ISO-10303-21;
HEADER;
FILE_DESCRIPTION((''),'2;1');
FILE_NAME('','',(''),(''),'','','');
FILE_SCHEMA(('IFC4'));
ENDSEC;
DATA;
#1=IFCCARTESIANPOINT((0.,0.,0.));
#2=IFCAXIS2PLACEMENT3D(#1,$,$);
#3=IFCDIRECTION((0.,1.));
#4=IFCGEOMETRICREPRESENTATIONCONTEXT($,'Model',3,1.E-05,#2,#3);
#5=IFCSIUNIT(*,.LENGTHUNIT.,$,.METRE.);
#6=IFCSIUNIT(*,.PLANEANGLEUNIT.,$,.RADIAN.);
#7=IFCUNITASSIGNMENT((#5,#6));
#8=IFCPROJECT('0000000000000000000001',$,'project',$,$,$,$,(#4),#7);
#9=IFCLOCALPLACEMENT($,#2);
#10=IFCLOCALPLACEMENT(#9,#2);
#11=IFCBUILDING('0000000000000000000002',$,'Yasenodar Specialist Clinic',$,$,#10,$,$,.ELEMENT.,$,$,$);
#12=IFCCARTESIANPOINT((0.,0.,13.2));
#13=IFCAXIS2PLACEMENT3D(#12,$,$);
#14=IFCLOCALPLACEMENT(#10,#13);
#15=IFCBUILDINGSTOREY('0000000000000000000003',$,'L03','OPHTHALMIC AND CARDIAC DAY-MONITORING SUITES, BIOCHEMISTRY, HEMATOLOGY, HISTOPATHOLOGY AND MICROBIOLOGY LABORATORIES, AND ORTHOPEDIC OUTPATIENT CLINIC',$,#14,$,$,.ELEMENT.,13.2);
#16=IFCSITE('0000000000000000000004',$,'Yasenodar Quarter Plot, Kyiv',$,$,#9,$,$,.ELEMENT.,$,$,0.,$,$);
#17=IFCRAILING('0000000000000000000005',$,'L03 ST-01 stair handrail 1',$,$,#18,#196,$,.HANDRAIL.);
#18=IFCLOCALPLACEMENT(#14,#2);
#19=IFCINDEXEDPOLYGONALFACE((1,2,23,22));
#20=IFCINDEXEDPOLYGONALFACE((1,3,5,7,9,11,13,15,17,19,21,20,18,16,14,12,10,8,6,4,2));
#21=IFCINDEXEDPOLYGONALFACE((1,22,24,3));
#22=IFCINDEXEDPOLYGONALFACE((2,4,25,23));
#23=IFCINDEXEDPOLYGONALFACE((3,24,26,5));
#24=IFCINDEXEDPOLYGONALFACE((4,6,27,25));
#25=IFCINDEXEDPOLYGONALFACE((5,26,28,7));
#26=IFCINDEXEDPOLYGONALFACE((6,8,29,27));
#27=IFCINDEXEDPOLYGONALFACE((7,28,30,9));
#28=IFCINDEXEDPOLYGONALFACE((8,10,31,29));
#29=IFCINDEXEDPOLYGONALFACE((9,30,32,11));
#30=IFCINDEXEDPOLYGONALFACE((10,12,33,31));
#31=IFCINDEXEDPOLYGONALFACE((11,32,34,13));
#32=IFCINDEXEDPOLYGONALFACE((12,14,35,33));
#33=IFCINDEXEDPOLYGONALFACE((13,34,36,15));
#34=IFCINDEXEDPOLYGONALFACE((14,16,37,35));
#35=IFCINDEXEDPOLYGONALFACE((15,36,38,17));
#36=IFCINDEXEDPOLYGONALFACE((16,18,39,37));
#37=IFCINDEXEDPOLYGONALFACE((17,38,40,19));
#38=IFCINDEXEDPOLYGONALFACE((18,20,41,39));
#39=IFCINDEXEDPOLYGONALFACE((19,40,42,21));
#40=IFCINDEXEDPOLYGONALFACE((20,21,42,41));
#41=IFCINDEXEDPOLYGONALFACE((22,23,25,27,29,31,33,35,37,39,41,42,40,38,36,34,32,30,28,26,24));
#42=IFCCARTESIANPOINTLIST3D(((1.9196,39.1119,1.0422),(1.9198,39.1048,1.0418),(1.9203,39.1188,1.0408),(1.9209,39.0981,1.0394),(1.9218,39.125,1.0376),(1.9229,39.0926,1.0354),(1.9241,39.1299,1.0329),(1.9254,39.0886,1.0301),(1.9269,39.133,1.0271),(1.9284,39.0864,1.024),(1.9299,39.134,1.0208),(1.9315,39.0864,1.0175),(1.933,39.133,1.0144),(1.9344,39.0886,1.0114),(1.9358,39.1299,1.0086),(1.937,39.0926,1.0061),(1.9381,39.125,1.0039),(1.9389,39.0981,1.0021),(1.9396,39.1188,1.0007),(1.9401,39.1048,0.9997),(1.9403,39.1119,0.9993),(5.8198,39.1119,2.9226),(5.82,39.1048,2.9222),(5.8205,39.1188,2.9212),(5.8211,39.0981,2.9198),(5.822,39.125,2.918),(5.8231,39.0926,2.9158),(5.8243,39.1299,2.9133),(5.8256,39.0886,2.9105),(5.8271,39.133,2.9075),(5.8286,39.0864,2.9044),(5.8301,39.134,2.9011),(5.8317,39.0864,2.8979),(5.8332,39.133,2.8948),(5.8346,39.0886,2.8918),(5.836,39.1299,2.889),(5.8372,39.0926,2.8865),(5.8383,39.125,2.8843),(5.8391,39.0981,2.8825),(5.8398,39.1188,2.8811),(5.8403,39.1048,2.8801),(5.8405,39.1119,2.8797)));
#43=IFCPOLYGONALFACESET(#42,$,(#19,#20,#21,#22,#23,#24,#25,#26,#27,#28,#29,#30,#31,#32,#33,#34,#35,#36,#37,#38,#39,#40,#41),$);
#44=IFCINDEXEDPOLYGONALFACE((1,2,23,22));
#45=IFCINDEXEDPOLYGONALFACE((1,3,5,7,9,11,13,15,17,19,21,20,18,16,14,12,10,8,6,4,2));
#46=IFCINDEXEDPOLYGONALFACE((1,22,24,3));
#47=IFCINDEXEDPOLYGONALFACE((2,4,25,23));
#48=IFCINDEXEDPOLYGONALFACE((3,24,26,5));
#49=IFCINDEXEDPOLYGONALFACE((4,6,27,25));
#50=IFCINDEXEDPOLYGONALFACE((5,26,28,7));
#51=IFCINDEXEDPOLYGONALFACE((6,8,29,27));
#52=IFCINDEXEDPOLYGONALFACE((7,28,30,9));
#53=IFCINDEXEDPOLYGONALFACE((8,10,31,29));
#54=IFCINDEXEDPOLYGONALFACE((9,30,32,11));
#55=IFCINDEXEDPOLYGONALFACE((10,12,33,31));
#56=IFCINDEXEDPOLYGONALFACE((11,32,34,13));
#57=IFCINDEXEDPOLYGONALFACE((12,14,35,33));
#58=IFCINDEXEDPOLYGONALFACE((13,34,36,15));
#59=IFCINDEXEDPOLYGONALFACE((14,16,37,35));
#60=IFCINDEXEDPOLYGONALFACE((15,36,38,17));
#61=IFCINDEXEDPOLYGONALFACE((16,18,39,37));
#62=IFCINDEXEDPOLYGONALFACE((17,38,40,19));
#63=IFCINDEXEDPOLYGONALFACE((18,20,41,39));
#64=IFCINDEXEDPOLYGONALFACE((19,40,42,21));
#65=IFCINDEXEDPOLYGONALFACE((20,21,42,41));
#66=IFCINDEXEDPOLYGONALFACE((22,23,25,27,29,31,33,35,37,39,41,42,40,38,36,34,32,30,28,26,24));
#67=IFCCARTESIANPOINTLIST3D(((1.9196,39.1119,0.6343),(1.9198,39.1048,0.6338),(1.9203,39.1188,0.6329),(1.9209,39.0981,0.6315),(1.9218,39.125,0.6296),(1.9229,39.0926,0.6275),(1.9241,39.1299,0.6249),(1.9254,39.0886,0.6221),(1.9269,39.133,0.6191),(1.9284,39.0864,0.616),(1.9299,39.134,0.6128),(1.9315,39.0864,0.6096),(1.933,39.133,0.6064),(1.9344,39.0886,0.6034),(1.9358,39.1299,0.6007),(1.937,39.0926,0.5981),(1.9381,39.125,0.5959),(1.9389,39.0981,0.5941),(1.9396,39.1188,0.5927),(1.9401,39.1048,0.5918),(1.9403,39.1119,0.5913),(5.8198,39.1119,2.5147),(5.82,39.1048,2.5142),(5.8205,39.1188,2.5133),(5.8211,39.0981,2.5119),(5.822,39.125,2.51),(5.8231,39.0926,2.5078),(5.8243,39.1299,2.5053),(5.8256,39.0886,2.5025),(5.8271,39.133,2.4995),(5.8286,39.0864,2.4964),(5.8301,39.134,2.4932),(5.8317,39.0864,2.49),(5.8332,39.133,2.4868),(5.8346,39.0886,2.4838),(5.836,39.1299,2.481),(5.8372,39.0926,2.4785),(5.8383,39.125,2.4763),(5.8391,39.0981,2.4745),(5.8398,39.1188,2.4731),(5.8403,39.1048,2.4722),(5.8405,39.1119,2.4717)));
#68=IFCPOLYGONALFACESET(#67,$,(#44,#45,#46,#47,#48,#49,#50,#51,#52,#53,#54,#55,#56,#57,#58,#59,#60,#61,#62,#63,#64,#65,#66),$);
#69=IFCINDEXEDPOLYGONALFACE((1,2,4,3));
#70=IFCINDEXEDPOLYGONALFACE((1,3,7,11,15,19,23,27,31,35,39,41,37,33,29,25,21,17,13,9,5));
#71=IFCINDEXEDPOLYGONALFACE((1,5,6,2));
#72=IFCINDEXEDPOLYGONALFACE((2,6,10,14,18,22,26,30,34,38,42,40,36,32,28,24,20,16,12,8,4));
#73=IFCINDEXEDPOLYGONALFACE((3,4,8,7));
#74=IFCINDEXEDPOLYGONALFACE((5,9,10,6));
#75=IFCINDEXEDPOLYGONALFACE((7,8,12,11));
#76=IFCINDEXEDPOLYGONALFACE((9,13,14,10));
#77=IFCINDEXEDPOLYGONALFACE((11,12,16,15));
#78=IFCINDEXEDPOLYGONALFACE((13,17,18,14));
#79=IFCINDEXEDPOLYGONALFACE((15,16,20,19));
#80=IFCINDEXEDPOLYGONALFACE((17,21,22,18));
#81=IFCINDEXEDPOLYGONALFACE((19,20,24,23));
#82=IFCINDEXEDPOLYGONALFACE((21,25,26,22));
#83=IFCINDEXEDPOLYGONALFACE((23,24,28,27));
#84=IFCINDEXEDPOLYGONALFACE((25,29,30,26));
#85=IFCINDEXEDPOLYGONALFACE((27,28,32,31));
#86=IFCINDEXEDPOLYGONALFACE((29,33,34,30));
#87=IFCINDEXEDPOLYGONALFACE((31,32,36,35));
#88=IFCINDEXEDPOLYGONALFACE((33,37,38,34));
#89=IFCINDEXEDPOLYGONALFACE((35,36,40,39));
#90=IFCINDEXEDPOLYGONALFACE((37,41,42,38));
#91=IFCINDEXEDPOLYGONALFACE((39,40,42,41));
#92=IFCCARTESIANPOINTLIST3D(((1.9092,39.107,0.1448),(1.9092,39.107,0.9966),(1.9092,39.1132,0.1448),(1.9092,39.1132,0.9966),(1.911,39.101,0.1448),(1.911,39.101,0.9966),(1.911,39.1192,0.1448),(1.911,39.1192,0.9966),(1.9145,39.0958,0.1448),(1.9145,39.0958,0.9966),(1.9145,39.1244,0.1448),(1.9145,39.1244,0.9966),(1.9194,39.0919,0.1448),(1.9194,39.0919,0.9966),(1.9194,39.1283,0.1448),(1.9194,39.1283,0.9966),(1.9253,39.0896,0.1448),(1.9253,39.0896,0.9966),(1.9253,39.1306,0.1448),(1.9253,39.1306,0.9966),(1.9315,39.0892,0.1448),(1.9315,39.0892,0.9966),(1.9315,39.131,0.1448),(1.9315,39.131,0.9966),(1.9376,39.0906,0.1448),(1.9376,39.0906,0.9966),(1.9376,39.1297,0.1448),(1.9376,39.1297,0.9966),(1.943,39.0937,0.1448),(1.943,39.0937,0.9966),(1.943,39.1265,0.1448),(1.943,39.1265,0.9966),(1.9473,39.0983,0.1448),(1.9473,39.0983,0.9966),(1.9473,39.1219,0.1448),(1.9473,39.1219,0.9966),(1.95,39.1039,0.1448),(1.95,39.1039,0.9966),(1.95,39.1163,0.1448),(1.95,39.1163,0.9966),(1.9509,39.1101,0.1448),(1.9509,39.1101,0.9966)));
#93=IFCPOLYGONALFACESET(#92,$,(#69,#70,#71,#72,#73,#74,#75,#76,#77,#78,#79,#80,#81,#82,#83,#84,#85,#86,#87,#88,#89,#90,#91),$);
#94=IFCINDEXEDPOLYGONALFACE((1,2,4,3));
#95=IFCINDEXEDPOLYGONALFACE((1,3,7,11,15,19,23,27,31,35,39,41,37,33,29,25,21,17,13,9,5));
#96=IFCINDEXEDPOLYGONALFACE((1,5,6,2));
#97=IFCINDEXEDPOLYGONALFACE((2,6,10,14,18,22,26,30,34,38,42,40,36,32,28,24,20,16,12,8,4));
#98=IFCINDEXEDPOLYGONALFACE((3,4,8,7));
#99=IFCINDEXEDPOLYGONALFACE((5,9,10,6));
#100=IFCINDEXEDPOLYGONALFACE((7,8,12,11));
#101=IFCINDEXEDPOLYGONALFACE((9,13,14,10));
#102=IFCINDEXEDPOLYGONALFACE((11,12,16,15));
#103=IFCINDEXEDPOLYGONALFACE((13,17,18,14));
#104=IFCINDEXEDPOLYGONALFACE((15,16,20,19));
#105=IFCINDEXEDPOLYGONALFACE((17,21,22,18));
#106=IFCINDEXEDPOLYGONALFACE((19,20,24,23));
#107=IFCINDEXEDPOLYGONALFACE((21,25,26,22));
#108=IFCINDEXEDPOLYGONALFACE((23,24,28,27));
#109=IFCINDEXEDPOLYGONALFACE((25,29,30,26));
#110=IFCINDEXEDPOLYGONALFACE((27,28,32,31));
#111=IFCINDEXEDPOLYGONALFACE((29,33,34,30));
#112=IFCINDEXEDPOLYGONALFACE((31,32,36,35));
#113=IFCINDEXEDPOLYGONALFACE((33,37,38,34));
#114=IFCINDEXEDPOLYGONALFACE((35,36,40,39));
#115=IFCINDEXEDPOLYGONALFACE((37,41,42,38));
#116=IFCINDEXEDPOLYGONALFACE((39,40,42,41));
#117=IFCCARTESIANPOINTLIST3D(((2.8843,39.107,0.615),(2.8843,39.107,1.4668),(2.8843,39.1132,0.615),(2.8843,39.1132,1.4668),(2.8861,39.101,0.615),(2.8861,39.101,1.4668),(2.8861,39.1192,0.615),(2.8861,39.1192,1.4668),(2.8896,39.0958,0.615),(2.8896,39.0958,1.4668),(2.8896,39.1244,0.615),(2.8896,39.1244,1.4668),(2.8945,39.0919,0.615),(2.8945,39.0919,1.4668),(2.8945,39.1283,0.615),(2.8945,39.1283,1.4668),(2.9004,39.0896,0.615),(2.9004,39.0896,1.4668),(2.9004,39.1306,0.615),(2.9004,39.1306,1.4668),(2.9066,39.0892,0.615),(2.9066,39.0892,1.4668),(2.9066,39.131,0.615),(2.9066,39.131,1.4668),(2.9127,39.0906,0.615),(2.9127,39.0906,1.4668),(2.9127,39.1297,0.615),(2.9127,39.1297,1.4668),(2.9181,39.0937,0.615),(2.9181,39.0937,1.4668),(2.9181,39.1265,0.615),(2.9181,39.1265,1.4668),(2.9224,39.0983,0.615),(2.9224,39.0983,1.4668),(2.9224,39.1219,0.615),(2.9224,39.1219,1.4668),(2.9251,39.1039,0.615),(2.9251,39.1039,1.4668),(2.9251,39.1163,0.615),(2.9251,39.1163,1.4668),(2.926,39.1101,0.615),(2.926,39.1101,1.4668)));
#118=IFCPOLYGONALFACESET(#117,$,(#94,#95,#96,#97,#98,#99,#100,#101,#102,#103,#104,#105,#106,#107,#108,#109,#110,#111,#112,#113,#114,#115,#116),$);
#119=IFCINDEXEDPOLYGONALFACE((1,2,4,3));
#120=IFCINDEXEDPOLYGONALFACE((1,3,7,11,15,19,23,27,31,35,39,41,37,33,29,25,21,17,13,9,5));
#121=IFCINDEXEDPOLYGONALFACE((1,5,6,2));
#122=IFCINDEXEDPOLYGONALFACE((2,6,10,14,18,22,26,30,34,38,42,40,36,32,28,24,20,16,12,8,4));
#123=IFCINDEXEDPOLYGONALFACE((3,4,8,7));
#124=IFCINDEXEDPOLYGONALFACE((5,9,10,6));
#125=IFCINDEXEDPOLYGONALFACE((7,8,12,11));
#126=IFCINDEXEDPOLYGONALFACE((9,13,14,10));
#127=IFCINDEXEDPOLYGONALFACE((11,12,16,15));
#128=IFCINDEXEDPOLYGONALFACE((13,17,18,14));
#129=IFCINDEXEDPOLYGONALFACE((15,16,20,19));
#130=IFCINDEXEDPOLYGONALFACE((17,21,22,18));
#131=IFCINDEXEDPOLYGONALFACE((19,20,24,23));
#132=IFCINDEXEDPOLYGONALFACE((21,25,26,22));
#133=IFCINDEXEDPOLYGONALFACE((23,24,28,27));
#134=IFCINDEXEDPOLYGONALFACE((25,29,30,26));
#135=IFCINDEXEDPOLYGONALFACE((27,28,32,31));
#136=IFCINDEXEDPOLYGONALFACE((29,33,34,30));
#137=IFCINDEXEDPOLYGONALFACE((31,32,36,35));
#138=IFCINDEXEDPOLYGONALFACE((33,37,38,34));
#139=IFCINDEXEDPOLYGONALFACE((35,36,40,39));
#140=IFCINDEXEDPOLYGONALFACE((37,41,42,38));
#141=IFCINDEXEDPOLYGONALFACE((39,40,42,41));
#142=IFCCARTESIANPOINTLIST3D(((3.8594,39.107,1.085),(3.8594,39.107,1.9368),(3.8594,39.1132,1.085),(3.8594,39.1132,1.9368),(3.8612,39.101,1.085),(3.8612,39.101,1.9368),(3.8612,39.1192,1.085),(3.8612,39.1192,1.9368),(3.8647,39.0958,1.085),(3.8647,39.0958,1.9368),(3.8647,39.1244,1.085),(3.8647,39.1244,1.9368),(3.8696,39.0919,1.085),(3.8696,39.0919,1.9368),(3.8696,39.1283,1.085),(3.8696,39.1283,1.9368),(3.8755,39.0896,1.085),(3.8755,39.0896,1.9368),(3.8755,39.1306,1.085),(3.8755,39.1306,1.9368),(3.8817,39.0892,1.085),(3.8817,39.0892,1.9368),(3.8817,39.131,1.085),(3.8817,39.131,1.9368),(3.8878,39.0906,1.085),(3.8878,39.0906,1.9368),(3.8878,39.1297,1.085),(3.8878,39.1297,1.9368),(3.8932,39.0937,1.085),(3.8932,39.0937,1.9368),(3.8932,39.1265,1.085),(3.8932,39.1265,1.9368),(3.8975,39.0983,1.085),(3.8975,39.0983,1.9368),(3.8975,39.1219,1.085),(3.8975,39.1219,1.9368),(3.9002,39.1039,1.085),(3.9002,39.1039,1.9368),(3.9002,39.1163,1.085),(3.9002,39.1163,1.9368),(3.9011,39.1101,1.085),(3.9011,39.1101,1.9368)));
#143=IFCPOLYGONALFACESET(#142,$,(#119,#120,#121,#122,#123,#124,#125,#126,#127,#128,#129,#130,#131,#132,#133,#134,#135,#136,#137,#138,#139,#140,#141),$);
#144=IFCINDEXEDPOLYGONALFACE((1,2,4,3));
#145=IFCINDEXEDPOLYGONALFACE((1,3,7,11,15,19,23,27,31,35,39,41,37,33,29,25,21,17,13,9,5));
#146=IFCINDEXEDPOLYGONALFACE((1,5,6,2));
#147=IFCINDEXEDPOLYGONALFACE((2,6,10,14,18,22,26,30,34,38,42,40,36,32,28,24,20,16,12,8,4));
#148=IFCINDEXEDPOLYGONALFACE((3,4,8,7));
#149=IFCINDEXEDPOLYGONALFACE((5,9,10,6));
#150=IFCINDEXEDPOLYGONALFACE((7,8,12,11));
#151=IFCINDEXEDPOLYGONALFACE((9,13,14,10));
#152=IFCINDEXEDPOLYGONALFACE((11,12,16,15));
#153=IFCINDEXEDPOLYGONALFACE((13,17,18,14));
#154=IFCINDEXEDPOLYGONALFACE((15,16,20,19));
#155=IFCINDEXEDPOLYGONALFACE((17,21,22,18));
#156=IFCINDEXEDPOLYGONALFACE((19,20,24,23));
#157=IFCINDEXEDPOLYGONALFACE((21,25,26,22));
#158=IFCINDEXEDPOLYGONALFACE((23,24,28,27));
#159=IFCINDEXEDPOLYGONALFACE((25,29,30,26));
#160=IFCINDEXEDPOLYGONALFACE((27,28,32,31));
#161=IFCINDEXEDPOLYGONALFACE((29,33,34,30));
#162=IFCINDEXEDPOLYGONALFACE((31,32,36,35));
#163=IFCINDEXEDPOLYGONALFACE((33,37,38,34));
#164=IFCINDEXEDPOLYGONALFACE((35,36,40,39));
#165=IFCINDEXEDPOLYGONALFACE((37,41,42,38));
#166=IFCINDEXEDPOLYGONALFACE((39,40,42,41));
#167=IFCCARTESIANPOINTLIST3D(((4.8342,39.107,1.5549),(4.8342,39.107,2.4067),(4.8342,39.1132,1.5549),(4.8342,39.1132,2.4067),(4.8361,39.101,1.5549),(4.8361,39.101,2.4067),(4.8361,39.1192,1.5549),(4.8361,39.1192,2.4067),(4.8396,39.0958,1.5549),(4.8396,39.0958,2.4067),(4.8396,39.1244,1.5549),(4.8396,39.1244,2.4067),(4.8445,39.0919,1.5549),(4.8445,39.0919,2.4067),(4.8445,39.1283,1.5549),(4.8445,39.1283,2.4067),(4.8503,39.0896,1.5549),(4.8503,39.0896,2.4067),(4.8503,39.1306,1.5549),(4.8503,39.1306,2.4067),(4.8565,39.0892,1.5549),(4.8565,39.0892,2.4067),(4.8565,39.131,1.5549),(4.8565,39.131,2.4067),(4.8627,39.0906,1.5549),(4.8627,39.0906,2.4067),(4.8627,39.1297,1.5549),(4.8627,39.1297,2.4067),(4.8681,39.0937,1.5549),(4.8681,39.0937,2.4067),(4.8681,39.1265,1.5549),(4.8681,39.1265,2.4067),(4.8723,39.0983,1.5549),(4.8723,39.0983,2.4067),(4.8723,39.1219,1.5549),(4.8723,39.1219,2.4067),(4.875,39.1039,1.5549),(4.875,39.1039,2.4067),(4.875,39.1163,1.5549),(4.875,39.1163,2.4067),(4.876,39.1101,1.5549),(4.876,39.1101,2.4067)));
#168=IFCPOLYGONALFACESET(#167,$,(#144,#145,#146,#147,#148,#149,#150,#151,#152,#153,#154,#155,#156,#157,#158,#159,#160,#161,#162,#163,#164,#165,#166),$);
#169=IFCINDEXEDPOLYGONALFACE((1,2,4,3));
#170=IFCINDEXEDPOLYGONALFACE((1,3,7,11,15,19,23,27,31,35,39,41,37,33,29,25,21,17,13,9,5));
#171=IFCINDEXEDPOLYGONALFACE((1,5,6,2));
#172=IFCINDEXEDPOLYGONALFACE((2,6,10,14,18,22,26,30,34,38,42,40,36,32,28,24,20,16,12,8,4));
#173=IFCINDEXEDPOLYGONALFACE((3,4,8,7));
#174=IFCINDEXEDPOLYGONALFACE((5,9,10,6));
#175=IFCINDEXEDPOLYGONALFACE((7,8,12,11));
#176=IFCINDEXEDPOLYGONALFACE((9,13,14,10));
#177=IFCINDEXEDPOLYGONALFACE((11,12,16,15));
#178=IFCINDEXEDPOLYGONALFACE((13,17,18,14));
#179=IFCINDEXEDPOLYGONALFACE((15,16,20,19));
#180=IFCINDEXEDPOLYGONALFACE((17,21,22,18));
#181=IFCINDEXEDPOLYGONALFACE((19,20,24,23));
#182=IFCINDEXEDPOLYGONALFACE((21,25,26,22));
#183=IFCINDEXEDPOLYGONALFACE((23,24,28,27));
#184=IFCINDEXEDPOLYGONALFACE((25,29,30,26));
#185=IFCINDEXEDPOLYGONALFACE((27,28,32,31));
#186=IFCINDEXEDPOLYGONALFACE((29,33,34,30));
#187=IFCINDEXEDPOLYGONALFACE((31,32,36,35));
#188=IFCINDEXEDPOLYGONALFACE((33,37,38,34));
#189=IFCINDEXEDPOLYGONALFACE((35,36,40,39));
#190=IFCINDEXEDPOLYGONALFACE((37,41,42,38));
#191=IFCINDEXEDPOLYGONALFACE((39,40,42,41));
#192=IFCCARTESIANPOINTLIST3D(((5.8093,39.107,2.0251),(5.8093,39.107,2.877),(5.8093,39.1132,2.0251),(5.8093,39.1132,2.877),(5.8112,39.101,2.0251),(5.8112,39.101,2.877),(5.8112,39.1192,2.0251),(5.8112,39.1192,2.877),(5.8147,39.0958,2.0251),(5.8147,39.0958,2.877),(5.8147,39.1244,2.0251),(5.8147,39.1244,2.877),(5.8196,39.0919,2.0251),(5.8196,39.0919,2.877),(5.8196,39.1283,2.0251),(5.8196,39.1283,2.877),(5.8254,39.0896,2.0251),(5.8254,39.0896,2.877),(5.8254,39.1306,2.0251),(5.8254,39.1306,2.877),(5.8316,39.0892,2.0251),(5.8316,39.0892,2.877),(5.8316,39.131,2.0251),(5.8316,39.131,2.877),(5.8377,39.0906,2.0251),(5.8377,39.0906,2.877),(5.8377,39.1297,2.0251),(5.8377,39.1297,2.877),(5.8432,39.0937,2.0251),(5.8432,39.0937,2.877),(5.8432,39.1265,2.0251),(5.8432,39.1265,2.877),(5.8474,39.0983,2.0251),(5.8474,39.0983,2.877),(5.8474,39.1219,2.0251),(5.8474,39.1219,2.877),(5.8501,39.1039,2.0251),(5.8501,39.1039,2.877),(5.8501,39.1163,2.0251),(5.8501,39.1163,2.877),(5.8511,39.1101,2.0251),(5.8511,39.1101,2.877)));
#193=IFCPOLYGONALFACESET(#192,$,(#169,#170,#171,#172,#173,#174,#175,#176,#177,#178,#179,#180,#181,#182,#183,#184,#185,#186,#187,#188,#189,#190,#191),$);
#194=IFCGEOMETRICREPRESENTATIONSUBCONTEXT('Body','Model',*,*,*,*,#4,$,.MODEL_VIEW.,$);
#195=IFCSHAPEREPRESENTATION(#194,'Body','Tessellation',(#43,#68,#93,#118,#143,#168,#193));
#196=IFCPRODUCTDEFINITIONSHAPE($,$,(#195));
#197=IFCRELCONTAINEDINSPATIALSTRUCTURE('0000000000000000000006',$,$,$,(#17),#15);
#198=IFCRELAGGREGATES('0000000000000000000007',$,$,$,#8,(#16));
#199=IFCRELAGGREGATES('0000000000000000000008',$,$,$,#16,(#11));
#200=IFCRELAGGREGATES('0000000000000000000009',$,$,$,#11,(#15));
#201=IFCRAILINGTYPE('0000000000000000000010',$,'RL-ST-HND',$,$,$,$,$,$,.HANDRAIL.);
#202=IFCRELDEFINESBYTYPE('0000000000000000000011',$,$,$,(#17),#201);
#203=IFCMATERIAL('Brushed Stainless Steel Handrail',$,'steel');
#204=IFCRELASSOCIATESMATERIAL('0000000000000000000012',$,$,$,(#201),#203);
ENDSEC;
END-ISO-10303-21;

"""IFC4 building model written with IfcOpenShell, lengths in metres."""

from ifc_helpers import new_model, si_unit, direction, frame, origin, origin_2d, place, context, subcontext, project, spatial, circle, extrude, material, type_object, element, save


model = new_model("IFC4")

# Units and contexts
model_context = context("Model", 3, precision=1e-05, world=origin(), true_north=direction((0.0, 1.0)))
body_context = subcontext(model_context, "Body", "Model", "MODEL_VIEW")
ifc_project = project(units=[si_unit("LENGTHUNIT", "METRE"), si_unit("PLANEANGLEUNIT", "RADIAN")], contexts=[model_context])

# Site, building, storey
site_placement = place(None, origin())
site = spatial("IfcSite", under=ifc_project, at=site_placement, Name="Yasenodar Quarter Plot, Kyiv", CompositionType="ELEMENT", RefElevation=0.0)
building_placement = place(site_placement, origin())
building = spatial("IfcBuilding", under=site, at=building_placement, Name="Yasenodar Specialist Clinic", CompositionType="ELEMENT")
storey_placement = place(building_placement, frame((0.0, 0.0, 13.2)))
storey = spatial("IfcBuildingStorey", under=building, at=storey_placement, Name="L03", Description="OPHTHALMIC AND CARDIAC DAY-MONITORING SUITES, BIOCHEMISTRY, HEMATOLOGY, HISTOPATHOLOGY AND MICROBIOLOGY LABORATORIES, AND ORTHOPEDIC OUTPATIENT CLINIC", CompositionType="ELEMENT", Elevation=13.2)

# Railing
ifc_material_1 = material(Name="Brushed Stainless Steel Handrail", Category="steel")
railing_type_1 = type_object("IfcRailingType", Name="RL-ST-HND", PredefinedType="HANDRAIL", material=ifc_material_1)
railing_1_placement = place(storey_placement, frame((1.9299, 39.1101, 0.1448)))
element("IfcRailing", 1, at=railing_1_placement, inside=storey, type_object=railing_type_1, Name="L03 ST-01 stair handrail 1", PredefinedType="HANDRAIL", context=body_context, shape_type="SweptSolid", body=[
    extrude(circle(Radius=0.0239, at=origin_2d()), frame((0.0, 0.0, 0.876), z_axis=(0.900774, 0.0, 0.434289), x_axis=(0.0, 1.0, 0.0)), (0.0, 0.0, 1.0), 4.3298),
    extrude(circle(Radius=0.0239, at=origin_2d()), frame((0.0, 0.0, 0.468), z_axis=(0.900774, 0.0, 0.434289), x_axis=(0.0, 1.0, 0.0)), (0.0, 0.0, 1.0), 4.3298),
    extrude(circle(Radius=0.021, at=origin_2d()), origin(), (0.0, 0.0, 1.0), 0.8518),
    extrude(circle(Radius=0.021, at=origin_2d()), frame((0.9751, 0.0, 0.4702)), (0.0, 0.0, 1.0), 0.8518),
    extrude(circle(Radius=0.021, at=origin_2d()), frame((1.9502, 0.0, 0.9402)), (0.0, 0.0, 1.0), 0.8518),
    extrude(circle(Radius=0.021, at=origin_2d()), frame((2.925, 0.0, 1.4102)), (0.0, 0.0, 1.0), 0.8518),
    extrude(circle(Radius=0.021, at=origin_2d()), frame((3.9001, 0.0, 1.8804)), (0.0, 0.0, 1.0), 0.8518),
])

save(model, "model.ifc")
